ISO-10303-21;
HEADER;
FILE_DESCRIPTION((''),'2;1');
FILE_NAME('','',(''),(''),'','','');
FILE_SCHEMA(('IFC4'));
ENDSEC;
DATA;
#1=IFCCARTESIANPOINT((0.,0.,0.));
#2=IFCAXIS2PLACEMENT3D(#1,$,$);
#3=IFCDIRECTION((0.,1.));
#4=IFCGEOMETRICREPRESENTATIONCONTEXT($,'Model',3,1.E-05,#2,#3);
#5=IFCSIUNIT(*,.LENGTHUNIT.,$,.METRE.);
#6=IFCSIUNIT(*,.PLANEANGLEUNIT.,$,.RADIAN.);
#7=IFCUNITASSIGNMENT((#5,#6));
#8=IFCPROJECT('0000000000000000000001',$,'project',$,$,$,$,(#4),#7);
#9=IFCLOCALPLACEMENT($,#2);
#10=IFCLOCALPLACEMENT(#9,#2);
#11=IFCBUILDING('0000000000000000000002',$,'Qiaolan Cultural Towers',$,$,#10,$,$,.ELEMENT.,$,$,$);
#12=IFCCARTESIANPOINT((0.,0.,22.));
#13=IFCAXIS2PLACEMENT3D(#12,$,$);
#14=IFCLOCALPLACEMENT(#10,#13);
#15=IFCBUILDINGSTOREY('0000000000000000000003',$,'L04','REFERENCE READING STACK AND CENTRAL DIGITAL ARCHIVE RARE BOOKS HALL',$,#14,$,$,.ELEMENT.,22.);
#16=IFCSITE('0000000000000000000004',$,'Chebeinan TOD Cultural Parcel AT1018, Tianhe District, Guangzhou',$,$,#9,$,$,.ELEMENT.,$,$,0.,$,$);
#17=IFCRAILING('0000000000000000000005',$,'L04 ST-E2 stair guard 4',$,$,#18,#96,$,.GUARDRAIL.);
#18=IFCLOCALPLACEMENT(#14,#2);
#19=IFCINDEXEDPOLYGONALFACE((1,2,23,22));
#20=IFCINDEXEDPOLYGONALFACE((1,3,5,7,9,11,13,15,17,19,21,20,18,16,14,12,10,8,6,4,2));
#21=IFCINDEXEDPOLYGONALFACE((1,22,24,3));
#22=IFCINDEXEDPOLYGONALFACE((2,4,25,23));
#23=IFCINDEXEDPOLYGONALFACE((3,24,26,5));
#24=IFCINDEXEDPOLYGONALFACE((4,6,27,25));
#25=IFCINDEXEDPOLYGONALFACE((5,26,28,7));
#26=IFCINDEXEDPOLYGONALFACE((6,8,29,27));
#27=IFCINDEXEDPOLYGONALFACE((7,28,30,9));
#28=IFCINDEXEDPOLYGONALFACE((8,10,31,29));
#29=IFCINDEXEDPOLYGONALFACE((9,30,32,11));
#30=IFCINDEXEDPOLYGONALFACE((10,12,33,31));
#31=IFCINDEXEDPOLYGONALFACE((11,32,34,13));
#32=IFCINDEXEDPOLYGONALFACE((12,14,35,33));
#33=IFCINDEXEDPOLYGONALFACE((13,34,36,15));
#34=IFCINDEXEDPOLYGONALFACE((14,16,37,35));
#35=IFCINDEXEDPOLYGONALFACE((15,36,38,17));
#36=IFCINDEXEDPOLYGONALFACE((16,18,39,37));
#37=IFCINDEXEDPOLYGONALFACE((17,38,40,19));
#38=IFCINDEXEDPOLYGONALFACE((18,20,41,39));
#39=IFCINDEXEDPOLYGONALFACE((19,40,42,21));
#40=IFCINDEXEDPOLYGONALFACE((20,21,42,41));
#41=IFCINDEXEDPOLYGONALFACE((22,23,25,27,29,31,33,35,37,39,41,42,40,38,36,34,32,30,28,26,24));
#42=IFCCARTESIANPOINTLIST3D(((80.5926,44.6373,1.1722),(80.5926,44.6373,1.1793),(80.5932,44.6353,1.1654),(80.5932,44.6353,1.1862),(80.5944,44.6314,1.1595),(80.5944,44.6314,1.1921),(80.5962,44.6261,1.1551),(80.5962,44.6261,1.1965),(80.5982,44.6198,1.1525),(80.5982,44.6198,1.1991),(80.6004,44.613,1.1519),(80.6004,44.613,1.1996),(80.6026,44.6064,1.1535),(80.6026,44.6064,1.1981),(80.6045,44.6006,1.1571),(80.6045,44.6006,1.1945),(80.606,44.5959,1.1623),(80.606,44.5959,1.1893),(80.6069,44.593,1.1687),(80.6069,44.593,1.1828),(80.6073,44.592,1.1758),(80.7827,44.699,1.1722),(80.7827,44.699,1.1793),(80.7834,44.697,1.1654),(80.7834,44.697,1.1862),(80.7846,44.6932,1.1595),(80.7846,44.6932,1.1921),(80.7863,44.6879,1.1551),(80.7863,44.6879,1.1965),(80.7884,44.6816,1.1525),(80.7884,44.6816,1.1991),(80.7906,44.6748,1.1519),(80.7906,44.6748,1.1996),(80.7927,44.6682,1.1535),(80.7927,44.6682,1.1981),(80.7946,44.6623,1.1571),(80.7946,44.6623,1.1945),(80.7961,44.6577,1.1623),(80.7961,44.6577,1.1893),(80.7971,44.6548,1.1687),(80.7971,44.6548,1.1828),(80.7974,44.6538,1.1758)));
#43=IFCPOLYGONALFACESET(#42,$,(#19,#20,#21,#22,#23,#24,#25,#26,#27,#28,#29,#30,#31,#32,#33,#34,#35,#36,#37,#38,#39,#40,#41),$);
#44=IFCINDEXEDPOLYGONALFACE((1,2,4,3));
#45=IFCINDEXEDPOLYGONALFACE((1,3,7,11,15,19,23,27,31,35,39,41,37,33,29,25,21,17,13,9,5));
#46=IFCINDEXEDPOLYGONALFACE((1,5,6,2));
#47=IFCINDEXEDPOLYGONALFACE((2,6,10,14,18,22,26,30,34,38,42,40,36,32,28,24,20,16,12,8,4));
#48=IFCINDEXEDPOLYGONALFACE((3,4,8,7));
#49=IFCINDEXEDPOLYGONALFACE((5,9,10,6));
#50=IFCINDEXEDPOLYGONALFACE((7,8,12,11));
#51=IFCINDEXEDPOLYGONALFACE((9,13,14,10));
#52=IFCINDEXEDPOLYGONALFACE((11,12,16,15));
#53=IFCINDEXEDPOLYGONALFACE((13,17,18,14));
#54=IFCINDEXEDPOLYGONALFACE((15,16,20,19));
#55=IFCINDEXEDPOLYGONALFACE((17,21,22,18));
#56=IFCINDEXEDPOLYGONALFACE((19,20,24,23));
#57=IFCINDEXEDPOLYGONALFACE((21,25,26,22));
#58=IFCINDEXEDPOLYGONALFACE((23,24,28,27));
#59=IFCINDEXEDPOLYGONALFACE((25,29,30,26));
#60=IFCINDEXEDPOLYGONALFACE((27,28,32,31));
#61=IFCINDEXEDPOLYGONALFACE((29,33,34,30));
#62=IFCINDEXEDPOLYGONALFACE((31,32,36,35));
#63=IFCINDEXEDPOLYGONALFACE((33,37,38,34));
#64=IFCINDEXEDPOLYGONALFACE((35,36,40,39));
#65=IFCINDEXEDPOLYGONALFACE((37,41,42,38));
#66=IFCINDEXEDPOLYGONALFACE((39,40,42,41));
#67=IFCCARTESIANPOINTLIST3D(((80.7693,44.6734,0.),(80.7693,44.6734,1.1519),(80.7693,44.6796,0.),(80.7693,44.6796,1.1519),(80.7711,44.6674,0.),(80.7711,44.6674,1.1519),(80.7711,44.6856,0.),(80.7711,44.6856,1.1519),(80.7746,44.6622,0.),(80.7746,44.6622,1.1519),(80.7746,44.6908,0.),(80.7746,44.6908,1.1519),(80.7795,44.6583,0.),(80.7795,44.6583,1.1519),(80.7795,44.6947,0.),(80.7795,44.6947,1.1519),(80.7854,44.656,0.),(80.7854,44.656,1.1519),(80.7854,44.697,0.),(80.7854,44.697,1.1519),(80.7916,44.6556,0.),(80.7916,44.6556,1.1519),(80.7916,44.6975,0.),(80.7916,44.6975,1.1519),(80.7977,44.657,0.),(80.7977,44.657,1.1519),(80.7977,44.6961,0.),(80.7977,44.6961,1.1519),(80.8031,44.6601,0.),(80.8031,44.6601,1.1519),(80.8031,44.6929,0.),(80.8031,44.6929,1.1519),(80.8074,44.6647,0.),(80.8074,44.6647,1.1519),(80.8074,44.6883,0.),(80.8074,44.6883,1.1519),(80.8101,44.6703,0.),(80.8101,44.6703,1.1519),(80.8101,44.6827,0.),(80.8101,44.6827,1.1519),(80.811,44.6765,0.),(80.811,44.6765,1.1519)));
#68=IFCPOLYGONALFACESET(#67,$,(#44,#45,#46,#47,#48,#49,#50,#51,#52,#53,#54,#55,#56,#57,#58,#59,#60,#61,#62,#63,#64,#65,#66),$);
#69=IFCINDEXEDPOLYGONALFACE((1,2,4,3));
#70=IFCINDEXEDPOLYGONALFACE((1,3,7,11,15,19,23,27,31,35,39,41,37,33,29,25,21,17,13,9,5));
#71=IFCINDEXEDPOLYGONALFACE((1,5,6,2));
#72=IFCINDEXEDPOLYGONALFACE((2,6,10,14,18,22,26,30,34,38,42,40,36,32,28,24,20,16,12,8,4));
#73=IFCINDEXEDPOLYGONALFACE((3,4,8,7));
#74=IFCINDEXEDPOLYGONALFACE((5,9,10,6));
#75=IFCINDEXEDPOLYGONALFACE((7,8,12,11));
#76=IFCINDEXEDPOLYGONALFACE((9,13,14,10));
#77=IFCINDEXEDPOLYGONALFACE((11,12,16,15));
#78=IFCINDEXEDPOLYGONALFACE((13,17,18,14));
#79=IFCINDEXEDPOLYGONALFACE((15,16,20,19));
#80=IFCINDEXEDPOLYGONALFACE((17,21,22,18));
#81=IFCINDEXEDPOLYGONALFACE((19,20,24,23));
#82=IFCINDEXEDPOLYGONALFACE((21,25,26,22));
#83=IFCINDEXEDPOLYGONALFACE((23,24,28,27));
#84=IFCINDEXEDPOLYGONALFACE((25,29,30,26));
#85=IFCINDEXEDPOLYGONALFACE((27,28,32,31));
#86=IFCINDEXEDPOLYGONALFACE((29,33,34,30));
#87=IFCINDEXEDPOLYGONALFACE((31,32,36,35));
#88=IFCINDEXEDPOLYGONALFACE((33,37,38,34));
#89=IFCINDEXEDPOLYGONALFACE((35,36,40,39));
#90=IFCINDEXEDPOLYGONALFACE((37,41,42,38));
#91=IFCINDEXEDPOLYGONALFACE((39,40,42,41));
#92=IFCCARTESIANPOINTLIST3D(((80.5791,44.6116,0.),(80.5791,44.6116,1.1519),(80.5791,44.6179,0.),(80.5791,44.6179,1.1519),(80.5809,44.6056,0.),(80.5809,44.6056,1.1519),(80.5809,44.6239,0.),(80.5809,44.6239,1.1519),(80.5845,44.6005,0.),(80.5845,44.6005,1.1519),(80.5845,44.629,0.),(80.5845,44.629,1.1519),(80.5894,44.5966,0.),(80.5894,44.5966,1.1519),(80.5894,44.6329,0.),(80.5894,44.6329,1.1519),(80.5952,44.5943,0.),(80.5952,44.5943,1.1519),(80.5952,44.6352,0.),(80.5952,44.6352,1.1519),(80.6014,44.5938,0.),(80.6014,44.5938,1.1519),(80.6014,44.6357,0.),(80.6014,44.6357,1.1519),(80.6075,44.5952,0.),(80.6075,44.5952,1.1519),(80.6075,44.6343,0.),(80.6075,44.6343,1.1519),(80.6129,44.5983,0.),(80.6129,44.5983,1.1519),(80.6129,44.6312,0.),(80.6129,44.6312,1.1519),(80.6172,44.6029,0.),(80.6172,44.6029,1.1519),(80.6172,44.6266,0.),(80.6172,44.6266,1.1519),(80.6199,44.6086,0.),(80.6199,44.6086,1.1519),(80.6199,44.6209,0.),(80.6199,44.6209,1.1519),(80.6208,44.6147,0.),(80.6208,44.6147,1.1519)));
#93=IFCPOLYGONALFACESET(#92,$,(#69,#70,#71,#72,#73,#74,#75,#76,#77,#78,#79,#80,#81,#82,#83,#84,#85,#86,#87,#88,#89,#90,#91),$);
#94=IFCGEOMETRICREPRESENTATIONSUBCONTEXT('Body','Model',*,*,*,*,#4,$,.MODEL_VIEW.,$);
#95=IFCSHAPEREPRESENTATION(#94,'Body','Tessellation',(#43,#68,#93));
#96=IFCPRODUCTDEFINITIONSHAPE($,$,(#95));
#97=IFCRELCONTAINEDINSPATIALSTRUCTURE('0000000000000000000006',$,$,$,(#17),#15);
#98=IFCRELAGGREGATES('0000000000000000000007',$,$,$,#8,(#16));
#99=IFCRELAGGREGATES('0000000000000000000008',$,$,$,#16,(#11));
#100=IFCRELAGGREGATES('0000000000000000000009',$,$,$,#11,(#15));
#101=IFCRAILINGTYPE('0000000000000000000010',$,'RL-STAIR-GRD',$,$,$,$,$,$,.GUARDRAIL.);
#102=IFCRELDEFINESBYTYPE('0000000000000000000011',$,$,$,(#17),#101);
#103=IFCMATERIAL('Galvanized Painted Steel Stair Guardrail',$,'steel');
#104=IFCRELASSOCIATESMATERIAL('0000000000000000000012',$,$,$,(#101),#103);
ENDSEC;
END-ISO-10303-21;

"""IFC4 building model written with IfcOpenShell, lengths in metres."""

from ifc_helpers import new_model, si_unit, direction, frame, origin, origin_2d, place, context, subcontext, project, spatial, circle, extrude, material, type_object, element, save


model = new_model("IFC4")

# Units and contexts
model_context = context("Model", 3, precision=1e-05, world=origin(), true_north=direction((0.0, 1.0)))
body_context = subcontext(model_context, "Body", "Model", "MODEL_VIEW")
ifc_project = project(units=[si_unit("LENGTHUNIT", "METRE"), si_unit("PLANEANGLEUNIT", "RADIAN")], contexts=[model_context])

# Site, building, storey
site_placement = place(None, origin())
site = spatial("IfcSite", under=ifc_project, at=site_placement, Name="Chebeinan TOD Cultural Parcel AT1018, Tianhe District, Guangzhou", CompositionType="ELEMENT", RefElevation=0.0)
building_placement = place(site_placement, origin())
building = spatial("IfcBuilding", under=site, at=building_placement, Name="Qiaolan Cultural Towers", CompositionType="ELEMENT")
storey_placement = place(building_placement, frame((0.0, 0.0, 22.0)))
storey = spatial("IfcBuildingStorey", under=building, at=storey_placement, Name="L04", Description="REFERENCE READING STACK AND CENTRAL DIGITAL ARCHIVE RARE BOOKS HALL", CompositionType="ELEMENT", Elevation=22.0)

# Railing
ifc_material_1 = material(Name="Galvanized Painted Steel Stair Guardrail", Category="steel")
railing_type_1 = type_object("IfcRailingType", Name="RL-STAIR-GRD", PredefinedType="GUARDRAIL", material=ifc_material_1)
railing_1_placement = place(storey_placement, frame((80.79, 44.6765, 0.0)))
element("IfcRailing", 1, at=railing_1_placement, inside=storey, type_object=railing_type_1, Name="L04 ST-E2 stair guard 4", PredefinedType="GUARDRAIL", context=body_context, shape_type="SweptSolid", body=[
    extrude(circle(Radius=0.0239, at=origin_2d()), frame((0.0, 0.0, 1.1758), z_axis=(-0.951097, -0.308893, 0.0), x_axis=(0.308893, -0.951097, 0.0)), (0.0, 0.0, 1.0), 0.2),
    extrude(circle(Radius=0.021, at=origin_2d()), origin(), (0.0, 0.0, 1.0), 1.1519),
    extrude(circle(Radius=0.021, at=origin_2d()), frame((-0.1902, -0.0618, 0.0)), (0.0, 0.0, 1.0), 1.1519),
])

save(model, "model.ifc")
